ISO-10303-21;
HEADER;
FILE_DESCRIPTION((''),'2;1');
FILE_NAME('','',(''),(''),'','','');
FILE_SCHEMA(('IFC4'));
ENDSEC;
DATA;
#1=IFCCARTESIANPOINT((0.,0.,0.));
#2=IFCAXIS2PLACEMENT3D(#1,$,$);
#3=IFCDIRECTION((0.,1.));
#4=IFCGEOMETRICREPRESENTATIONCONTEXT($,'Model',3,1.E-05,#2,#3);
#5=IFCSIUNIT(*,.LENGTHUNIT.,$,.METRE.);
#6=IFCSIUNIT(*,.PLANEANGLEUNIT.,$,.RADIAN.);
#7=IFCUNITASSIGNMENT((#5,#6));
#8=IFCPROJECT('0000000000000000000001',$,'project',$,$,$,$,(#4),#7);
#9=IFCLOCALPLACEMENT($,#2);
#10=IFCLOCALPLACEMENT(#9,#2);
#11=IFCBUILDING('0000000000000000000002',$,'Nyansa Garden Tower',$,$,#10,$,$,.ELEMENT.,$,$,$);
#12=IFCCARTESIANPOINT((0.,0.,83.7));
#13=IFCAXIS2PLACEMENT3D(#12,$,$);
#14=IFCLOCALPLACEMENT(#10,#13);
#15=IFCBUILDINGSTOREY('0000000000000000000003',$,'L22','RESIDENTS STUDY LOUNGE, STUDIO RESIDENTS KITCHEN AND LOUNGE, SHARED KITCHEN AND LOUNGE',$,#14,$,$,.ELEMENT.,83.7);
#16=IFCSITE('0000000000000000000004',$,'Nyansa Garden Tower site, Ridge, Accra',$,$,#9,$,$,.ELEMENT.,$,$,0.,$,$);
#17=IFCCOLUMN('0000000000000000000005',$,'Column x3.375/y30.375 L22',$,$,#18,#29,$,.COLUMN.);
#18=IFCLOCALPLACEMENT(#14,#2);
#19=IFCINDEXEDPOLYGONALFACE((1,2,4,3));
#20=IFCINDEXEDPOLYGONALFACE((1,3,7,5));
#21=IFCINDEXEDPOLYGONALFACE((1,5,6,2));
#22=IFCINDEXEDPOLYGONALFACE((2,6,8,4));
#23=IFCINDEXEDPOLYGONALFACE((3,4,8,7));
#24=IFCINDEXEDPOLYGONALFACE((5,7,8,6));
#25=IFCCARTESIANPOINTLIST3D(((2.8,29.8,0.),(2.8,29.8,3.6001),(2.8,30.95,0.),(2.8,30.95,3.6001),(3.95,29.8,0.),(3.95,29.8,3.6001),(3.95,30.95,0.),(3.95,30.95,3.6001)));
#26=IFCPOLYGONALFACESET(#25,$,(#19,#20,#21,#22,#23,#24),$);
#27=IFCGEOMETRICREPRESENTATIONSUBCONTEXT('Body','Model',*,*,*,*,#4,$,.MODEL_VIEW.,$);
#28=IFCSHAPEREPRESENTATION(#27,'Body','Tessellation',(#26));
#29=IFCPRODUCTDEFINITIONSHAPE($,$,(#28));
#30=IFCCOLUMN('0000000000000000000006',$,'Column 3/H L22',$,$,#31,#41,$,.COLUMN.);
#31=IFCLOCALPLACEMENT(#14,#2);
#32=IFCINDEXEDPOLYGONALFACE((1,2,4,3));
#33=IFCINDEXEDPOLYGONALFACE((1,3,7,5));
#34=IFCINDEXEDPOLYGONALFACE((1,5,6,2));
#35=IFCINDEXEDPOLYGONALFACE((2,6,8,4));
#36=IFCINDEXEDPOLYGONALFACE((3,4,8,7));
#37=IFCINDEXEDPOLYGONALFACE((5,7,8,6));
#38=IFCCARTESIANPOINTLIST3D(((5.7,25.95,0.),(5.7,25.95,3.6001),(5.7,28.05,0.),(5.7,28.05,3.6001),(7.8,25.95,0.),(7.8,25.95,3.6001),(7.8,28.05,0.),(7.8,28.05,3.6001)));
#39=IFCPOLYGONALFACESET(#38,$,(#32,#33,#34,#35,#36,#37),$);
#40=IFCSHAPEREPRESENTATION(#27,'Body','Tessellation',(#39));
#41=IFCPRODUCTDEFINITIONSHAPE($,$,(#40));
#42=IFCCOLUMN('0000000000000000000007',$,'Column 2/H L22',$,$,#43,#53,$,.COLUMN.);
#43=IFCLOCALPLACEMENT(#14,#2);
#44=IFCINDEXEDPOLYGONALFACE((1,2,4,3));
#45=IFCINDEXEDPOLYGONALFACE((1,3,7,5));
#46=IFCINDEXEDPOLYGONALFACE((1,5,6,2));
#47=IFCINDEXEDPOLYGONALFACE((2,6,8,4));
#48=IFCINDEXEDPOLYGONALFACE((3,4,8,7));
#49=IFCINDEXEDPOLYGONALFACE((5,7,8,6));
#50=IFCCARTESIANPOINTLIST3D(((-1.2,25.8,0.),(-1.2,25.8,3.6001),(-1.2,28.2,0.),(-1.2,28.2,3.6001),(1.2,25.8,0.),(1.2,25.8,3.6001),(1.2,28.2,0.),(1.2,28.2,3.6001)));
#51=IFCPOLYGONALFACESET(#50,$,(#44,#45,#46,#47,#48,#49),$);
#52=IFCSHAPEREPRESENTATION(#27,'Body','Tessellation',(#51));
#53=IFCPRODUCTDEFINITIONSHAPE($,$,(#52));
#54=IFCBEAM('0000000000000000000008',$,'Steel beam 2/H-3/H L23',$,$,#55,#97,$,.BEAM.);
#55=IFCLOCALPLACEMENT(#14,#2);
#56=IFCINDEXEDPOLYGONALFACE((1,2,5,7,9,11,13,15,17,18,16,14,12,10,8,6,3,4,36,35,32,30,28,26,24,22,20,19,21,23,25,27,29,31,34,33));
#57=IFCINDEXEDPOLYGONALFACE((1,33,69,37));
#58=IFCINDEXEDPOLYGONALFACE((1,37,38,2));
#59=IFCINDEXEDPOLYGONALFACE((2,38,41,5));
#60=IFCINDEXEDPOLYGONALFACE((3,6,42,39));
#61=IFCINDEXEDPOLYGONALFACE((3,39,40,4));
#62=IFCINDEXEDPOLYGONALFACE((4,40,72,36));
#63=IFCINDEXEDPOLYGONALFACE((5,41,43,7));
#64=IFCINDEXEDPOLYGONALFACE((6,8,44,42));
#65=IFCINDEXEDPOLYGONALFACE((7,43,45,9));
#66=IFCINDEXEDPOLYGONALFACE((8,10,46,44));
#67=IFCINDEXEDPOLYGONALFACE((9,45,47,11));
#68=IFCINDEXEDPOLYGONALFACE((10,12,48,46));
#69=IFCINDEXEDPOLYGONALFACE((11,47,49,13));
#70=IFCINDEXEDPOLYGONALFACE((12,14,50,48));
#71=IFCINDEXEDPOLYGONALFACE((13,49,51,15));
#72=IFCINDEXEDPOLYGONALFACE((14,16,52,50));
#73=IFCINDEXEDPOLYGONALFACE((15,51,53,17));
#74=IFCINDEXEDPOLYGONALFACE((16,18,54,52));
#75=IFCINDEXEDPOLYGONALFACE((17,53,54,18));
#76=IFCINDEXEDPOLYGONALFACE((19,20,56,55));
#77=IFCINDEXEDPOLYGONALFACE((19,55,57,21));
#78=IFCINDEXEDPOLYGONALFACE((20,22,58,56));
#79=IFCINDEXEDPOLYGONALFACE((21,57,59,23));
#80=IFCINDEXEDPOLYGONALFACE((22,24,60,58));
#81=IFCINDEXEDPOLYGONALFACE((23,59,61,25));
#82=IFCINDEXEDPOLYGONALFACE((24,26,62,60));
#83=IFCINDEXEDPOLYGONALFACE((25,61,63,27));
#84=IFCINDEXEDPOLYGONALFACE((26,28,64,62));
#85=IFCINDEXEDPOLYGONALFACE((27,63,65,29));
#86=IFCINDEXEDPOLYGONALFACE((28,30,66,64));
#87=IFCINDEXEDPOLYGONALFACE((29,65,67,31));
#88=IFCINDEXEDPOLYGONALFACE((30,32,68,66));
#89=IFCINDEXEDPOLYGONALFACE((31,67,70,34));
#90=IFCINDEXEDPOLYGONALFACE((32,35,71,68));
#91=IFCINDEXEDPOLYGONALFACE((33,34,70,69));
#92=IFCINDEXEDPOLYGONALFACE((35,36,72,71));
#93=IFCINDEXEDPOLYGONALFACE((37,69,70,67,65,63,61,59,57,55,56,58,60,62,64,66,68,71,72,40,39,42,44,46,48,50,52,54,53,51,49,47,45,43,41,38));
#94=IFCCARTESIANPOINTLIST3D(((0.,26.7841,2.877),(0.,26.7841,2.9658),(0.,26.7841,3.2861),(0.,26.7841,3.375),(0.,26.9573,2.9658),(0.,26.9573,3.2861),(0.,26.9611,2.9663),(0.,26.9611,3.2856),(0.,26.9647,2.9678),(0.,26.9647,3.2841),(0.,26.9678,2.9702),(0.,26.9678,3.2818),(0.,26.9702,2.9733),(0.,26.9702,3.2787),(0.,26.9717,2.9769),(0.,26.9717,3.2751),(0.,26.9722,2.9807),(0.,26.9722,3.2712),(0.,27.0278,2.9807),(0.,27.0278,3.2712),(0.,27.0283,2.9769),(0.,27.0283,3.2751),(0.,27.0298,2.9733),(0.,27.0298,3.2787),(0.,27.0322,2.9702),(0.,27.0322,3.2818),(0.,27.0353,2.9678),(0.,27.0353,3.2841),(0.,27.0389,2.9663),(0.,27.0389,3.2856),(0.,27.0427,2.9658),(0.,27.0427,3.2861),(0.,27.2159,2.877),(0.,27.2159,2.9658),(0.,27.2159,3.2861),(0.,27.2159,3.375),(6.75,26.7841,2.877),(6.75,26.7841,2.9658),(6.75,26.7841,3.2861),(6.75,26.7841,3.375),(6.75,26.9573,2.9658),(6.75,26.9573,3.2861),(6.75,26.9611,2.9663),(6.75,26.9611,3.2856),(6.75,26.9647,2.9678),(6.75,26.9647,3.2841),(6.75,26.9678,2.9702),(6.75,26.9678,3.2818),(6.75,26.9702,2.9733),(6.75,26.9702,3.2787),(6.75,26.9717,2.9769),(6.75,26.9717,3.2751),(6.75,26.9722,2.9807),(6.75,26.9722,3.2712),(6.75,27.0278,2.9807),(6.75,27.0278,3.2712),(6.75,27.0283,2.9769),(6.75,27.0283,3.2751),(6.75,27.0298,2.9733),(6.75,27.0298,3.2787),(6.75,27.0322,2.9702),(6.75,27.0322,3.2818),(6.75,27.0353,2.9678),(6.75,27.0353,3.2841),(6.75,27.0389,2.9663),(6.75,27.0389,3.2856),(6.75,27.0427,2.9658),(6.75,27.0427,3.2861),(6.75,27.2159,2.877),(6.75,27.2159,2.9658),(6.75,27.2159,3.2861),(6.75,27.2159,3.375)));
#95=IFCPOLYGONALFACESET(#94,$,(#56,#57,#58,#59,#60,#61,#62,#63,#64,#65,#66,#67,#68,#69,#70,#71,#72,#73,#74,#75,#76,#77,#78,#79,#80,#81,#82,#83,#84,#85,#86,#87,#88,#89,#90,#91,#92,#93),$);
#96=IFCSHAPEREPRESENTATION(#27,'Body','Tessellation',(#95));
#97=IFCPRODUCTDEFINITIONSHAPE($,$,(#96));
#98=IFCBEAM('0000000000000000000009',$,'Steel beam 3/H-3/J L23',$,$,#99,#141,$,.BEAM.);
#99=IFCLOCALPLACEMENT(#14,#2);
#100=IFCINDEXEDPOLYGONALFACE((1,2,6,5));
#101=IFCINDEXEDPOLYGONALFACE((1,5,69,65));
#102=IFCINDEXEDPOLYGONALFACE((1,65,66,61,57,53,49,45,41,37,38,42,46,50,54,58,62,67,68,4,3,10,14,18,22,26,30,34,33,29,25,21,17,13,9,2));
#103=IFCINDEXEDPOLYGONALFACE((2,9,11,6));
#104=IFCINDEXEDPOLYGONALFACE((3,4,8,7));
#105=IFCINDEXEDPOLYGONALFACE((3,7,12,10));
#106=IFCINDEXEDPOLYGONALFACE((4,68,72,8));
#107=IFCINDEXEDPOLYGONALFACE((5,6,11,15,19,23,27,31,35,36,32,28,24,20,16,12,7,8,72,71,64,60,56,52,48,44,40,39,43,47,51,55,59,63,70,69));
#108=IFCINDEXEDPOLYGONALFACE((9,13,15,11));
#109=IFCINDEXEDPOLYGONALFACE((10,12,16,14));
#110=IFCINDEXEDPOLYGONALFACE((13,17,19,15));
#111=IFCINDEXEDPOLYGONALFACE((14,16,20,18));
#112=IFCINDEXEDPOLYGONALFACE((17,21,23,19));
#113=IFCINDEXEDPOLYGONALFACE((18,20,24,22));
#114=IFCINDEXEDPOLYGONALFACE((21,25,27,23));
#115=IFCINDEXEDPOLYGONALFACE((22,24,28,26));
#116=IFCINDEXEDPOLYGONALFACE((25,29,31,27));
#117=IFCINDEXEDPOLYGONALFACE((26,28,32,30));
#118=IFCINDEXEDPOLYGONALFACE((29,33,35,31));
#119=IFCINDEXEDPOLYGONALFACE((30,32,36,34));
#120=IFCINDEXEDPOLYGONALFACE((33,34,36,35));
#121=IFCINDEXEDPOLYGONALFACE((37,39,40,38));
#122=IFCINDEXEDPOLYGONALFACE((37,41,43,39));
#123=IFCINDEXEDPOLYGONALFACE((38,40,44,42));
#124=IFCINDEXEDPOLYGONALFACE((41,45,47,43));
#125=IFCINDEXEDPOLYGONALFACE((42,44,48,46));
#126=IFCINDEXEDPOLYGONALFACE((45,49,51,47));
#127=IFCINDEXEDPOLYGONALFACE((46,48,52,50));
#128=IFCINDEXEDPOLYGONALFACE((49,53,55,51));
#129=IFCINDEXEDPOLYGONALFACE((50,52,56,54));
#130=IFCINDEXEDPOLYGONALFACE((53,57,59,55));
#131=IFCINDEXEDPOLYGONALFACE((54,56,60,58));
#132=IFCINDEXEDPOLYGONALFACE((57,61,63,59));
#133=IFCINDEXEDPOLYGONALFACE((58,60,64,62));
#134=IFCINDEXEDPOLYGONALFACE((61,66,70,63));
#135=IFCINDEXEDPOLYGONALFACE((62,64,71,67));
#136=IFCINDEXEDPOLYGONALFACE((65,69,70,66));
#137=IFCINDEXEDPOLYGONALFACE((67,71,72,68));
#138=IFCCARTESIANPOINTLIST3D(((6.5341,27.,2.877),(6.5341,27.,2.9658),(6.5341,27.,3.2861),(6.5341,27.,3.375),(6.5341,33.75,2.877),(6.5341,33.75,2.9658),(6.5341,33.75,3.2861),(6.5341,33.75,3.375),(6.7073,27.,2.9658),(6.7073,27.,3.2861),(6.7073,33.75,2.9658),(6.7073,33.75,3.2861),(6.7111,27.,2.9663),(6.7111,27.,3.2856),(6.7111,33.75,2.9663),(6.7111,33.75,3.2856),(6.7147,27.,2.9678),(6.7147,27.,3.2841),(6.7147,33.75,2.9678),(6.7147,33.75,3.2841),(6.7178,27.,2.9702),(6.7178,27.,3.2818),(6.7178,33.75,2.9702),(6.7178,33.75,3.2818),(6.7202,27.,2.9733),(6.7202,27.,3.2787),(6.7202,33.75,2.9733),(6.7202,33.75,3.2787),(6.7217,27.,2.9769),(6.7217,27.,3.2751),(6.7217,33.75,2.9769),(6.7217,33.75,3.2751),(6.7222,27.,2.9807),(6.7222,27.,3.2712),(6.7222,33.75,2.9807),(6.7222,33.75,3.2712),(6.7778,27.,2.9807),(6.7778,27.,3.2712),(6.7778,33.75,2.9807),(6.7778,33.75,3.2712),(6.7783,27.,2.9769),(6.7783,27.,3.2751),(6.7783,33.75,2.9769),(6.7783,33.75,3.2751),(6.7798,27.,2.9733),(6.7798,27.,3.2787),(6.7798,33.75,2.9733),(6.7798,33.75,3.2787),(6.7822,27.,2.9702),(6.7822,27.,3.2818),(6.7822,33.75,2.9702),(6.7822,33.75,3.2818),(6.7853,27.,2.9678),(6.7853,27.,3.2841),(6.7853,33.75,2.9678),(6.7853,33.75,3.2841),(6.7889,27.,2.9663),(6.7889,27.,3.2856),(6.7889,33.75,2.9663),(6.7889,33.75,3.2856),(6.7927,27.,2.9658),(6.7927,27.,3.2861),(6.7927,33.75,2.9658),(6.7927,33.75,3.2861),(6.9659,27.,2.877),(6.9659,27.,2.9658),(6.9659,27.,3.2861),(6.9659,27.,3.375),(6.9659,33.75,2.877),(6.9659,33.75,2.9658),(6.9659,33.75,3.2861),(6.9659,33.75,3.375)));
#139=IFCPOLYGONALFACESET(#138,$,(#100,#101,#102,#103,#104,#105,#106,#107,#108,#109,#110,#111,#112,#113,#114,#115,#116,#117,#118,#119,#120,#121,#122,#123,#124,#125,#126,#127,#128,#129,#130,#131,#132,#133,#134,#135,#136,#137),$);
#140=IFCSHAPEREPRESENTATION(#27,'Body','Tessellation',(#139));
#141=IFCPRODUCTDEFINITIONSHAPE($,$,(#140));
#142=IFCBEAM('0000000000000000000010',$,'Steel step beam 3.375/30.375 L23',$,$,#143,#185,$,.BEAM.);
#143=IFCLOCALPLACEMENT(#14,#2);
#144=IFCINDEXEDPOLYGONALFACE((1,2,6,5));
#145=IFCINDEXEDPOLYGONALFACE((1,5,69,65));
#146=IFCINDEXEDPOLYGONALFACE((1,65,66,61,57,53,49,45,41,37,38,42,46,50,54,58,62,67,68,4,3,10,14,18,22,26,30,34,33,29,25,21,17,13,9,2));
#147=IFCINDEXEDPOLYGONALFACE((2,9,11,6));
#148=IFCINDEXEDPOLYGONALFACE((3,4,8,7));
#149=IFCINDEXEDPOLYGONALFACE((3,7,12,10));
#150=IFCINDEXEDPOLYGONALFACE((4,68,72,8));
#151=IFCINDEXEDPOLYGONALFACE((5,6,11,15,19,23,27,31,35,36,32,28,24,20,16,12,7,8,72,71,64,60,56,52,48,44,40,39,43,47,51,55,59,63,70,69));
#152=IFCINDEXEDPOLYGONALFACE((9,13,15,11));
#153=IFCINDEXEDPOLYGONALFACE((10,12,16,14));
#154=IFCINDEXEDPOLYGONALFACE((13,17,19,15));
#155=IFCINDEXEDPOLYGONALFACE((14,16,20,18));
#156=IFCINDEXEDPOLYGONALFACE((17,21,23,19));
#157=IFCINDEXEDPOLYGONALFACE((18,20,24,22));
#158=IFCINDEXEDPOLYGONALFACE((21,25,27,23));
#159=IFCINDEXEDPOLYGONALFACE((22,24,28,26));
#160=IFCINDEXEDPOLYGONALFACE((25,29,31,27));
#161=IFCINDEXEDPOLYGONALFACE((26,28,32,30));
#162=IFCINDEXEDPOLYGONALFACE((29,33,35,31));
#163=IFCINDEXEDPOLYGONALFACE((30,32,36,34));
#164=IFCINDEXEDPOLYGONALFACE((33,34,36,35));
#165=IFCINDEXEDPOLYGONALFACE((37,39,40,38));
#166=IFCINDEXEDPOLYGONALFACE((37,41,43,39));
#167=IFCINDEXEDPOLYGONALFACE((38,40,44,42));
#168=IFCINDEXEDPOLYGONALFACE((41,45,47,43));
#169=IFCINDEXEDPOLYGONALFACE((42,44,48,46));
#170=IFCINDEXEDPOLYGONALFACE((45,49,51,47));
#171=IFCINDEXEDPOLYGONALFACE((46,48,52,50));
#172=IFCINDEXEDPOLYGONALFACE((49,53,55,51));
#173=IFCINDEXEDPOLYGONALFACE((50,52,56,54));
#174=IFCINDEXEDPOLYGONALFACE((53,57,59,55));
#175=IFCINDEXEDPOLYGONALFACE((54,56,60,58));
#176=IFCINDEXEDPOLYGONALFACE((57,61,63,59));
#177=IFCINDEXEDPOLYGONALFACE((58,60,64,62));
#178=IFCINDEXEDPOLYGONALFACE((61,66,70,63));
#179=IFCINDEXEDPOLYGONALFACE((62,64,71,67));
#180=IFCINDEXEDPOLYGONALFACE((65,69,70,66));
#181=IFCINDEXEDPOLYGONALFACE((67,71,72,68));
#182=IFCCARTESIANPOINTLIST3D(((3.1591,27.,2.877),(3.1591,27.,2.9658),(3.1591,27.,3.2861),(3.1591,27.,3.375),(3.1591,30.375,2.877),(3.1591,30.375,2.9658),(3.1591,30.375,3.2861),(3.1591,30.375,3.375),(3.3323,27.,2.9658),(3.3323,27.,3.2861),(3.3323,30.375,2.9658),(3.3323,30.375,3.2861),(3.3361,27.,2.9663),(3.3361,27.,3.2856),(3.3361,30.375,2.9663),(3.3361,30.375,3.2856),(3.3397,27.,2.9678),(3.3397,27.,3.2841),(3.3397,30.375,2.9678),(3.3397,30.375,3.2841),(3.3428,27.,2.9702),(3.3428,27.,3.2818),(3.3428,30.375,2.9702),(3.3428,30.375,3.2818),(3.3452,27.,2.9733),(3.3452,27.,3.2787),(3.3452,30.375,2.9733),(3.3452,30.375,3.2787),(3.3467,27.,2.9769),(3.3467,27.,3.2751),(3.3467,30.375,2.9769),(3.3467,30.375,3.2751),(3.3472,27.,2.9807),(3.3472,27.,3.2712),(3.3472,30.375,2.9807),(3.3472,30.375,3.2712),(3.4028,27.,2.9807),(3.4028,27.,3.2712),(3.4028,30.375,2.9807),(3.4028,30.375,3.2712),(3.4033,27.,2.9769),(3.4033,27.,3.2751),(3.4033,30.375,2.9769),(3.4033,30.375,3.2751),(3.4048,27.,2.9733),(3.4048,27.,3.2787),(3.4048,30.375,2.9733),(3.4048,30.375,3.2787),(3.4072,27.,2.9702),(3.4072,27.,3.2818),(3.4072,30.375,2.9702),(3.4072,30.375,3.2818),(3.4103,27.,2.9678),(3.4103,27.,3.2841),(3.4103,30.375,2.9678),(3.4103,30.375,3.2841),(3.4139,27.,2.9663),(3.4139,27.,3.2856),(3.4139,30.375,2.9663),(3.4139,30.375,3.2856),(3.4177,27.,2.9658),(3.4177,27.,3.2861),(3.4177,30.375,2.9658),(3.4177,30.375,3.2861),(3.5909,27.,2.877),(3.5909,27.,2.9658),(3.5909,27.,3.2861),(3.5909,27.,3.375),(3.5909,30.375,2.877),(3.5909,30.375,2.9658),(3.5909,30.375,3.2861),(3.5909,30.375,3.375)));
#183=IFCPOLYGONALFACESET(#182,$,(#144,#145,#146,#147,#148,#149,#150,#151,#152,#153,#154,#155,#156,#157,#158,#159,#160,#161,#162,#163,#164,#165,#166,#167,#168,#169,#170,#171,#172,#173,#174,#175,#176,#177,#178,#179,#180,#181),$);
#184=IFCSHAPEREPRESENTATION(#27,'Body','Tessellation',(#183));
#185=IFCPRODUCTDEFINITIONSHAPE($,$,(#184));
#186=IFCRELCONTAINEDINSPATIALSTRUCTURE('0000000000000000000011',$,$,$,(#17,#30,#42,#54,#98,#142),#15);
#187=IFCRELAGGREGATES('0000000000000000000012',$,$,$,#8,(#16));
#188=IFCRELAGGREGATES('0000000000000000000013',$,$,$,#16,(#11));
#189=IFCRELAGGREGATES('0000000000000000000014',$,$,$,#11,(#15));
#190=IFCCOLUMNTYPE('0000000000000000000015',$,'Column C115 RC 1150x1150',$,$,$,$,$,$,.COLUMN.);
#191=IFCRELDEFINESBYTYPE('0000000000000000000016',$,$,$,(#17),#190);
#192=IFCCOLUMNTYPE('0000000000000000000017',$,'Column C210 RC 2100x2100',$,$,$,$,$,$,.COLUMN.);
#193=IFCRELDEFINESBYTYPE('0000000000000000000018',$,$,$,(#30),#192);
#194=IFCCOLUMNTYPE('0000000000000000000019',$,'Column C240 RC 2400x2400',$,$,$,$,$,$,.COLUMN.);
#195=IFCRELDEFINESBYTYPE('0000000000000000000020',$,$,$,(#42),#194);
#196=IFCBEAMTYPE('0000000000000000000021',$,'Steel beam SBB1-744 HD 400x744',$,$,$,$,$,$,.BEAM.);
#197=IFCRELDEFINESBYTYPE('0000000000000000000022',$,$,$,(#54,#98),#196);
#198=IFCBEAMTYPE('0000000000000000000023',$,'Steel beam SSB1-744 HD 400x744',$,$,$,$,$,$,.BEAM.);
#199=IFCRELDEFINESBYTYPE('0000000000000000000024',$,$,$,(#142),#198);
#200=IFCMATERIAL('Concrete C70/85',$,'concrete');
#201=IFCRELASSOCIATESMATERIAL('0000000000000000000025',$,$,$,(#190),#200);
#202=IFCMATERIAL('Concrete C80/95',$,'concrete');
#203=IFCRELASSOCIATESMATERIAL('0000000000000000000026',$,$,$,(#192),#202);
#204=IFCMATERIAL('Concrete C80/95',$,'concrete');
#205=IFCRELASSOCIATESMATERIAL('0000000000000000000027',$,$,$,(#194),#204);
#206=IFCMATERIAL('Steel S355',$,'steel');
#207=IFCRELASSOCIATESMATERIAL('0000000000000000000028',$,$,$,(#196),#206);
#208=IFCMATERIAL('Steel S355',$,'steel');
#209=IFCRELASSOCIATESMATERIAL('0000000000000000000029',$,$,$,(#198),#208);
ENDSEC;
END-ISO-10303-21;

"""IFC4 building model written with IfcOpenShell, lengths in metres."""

from ifc_helpers import new_model, si_unit, direction, frame, origin, origin_2d, place, context, subcontext, project, spatial, rectangle, i_section, extrude, material, material_profile, profile_set, type_object, element, save


model = new_model("IFC4")

# Units and contexts
model_context = context("Model", 3, precision=1e-05, world=origin(), true_north=direction((0.0, 1.0)))
body_context = subcontext(model_context, "Body", "Model", "MODEL_VIEW")
ifc_project = project(units=[si_unit("LENGTHUNIT", "METRE"), si_unit("PLANEANGLEUNIT", "RADIAN")], contexts=[model_context])

# Site, building, storey
site_placement = place(None, origin())
site = spatial("IfcSite", under=ifc_project, at=site_placement, Name="Nyansa Garden Tower site, Ridge, Accra", CompositionType="ELEMENT", RefElevation=0.0)
building_placement = place(site_placement, origin())
building = spatial("IfcBuilding", under=site, at=building_placement, Name="Nyansa Garden Tower", CompositionType="ELEMENT")
storey_placement = place(building_placement, frame((0.0, 0.0, 83.7)))
storey = spatial("IfcBuildingStorey", under=building, at=storey_placement, Name="L22", Description="RESIDENTS STUDY LOUNGE, STUDIO RESIDENTS KITCHEN AND LOUNGE, SHARED KITCHEN AND LOUNGE", CompositionType="ELEMENT", Elevation=83.7)

# Columns
ifc_material_1 = material(Name="Concrete C70/85", Category="concrete")
ifc_material_profile_1 = material_profile(ifc_material_1, rectangle(XDim=1.1499, YDim=1.1499, at=origin_2d()), Name="RC 1150x1150")
ifc_profile_set_1 = profile_set([ifc_material_profile_1], Name="Concrete C70/85")
column_type_1 = type_object("IfcColumnType", Name="Column C115 RC 1150x1150", PredefinedType="COLUMN", material=ifc_profile_set_1)
column_1_placement = place(storey_placement, frame((3.375, 30.375, 0.0), z_axis=(0.0, 0.0, 1.0), x_axis=(1.0, 0.0, 0.0)))
element("IfcColumn", 1, at=column_1_placement, inside=storey, type_object=column_type_1, Name="Column x3.375/y30.375 L22", PredefinedType="COLUMN", context=body_context, shape_type="SweptSolid", body=[
    extrude(rectangle(XDim=1.1499, YDim=1.1499, at=origin_2d()), origin(), (0.0, 0.0, 1.0), 3.6001),
])
ifc_material_2 = material(Name="Concrete C80/95", Category="concrete")
ifc_material_profile_2 = material_profile(ifc_material_2, rectangle(XDim=2.1001, YDim=2.1001, at=origin_2d()), Name="RC 2100x2100")
ifc_profile_set_2 = profile_set([ifc_material_profile_2], Name="Concrete C80/95")
column_type_2 = type_object("IfcColumnType", Name="Column C210 RC 2100x2100", PredefinedType="COLUMN", material=ifc_profile_set_2)
column_2_placement = place(storey_placement, frame((6.75, 27.0, 0.0), z_axis=(0.0, 0.0, 1.0), x_axis=(1.0, 0.0, 0.0)))
element("IfcColumn", 2, at=column_2_placement, inside=storey, type_object=column_type_2, Name="Column 3/H L22", PredefinedType="COLUMN", context=body_context, shape_type="SweptSolid", body=[
    extrude(rectangle(XDim=2.1001, YDim=2.1001, at=origin_2d()), origin(), (0.0, 0.0, 1.0), 3.6001),
])
ifc_material_3 = material(Name="Concrete C80/95", Category="concrete")
ifc_material_profile_3 = material_profile(ifc_material_3, rectangle(XDim=2.3999, YDim=2.3999, at=origin_2d()), Name="RC 2400x2400")
ifc_profile_set_3 = profile_set([ifc_material_profile_3], Name="Concrete C80/95")
column_type_3 = type_object("IfcColumnType", Name="Column C240 RC 2400x2400", PredefinedType="COLUMN", material=ifc_profile_set_3)
column_3_placement = place(storey_placement, frame((0.0, 27.0, 0.0), z_axis=(0.0, 0.0, 1.0), x_axis=(1.0, 0.0, 0.0)))
element("IfcColumn", 3, at=column_3_placement, inside=storey, type_object=column_type_3, Name="Column 2/H L22", PredefinedType="COLUMN", context=body_context, shape_type="SweptSolid", body=[
    extrude(rectangle(XDim=2.3999, YDim=2.3999, at=origin_2d()), origin(), (0.0, 0.0, 1.0), 3.6001),
])

# Beams
ifc_material_4 = material(Name="Steel S355", Category="steel")
ifc_material_profile_4 = material_profile(ifc_material_4, i_section(OverallWidth=0.4319, OverallDepth=0.498, WebThickness=0.0557, FlangeThickness=0.0889, FilletRadius=0.0149, at=origin_2d()), Name="HD 400x744")
ifc_profile_set_4 = profile_set([ifc_material_profile_4], Name="Steel S355")
beam_type_1 = type_object("IfcBeamType", Name="Steel beam SBB1-744 HD 400x744", PredefinedType="BEAM", material=ifc_profile_set_4)
for number, where, z_axis, x_axis, name in (
    (4, (0.0, 27.0, 3.126), (1.0, 0.0, 0.0), (0.0, 1.0, 0.0), "Steel beam 2/H-3/H L23"),
    (5, (6.75, 27.0, 3.126), (0.0, 1.0, 0.0), (-1.0, 0.0, 0.0), "Steel beam 3/H-3/J L23"),
):
    element("IfcBeam", number, at=place(storey_placement, frame(where, z_axis=z_axis, x_axis=x_axis)), inside=storey, type_object=beam_type_1, Name=name, PredefinedType="BEAM", context=body_context, shape_type="SweptSolid", body=[
        extrude(i_section(OverallWidth=0.4319, OverallDepth=0.498, WebThickness=0.0557, FlangeThickness=0.0889, FilletRadius=0.0149, at=origin_2d()), origin(), (0.0, 0.0, 1.0), 6.75),
    ])
ifc_material_5 = material(Name="Steel S355", Category="steel")
ifc_material_profile_5 = material_profile(ifc_material_5, i_section(OverallWidth=0.4319, OverallDepth=0.498, WebThickness=0.0557, FlangeThickness=0.0889, FilletRadius=0.0149, at=origin_2d()), Name="HD 400x744")
ifc_profile_set_5 = profile_set([ifc_material_profile_5], Name="Steel S355")
beam_type_2 = type_object("IfcBeamType", Name="Steel beam SSB1-744 HD 400x744", PredefinedType="BEAM", material=ifc_profile_set_5)
for number, where, z_axis, x_axis, name in (
    (6, (3.375, 30.375, 3.126), (0.0, -1.0, 0.0), (1.0, 0.0, 0.0), "Steel step beam 3.375/30.375 L23"),
):
    element("IfcBeam", number, at=place(storey_placement, frame(where, z_axis=z_axis, x_axis=x_axis)), inside=storey, type_object=beam_type_2, Name=name, PredefinedType="BEAM", context=body_context, shape_type="SweptSolid", body=[
        extrude(i_section(OverallWidth=0.4319, OverallDepth=0.498, WebThickness=0.0557, FlangeThickness=0.0889, FilletRadius=0.0149, at=origin_2d()), origin(), (0.0, 0.0, 1.0), 3.375),
    ])

save(model, "model.ifc")
